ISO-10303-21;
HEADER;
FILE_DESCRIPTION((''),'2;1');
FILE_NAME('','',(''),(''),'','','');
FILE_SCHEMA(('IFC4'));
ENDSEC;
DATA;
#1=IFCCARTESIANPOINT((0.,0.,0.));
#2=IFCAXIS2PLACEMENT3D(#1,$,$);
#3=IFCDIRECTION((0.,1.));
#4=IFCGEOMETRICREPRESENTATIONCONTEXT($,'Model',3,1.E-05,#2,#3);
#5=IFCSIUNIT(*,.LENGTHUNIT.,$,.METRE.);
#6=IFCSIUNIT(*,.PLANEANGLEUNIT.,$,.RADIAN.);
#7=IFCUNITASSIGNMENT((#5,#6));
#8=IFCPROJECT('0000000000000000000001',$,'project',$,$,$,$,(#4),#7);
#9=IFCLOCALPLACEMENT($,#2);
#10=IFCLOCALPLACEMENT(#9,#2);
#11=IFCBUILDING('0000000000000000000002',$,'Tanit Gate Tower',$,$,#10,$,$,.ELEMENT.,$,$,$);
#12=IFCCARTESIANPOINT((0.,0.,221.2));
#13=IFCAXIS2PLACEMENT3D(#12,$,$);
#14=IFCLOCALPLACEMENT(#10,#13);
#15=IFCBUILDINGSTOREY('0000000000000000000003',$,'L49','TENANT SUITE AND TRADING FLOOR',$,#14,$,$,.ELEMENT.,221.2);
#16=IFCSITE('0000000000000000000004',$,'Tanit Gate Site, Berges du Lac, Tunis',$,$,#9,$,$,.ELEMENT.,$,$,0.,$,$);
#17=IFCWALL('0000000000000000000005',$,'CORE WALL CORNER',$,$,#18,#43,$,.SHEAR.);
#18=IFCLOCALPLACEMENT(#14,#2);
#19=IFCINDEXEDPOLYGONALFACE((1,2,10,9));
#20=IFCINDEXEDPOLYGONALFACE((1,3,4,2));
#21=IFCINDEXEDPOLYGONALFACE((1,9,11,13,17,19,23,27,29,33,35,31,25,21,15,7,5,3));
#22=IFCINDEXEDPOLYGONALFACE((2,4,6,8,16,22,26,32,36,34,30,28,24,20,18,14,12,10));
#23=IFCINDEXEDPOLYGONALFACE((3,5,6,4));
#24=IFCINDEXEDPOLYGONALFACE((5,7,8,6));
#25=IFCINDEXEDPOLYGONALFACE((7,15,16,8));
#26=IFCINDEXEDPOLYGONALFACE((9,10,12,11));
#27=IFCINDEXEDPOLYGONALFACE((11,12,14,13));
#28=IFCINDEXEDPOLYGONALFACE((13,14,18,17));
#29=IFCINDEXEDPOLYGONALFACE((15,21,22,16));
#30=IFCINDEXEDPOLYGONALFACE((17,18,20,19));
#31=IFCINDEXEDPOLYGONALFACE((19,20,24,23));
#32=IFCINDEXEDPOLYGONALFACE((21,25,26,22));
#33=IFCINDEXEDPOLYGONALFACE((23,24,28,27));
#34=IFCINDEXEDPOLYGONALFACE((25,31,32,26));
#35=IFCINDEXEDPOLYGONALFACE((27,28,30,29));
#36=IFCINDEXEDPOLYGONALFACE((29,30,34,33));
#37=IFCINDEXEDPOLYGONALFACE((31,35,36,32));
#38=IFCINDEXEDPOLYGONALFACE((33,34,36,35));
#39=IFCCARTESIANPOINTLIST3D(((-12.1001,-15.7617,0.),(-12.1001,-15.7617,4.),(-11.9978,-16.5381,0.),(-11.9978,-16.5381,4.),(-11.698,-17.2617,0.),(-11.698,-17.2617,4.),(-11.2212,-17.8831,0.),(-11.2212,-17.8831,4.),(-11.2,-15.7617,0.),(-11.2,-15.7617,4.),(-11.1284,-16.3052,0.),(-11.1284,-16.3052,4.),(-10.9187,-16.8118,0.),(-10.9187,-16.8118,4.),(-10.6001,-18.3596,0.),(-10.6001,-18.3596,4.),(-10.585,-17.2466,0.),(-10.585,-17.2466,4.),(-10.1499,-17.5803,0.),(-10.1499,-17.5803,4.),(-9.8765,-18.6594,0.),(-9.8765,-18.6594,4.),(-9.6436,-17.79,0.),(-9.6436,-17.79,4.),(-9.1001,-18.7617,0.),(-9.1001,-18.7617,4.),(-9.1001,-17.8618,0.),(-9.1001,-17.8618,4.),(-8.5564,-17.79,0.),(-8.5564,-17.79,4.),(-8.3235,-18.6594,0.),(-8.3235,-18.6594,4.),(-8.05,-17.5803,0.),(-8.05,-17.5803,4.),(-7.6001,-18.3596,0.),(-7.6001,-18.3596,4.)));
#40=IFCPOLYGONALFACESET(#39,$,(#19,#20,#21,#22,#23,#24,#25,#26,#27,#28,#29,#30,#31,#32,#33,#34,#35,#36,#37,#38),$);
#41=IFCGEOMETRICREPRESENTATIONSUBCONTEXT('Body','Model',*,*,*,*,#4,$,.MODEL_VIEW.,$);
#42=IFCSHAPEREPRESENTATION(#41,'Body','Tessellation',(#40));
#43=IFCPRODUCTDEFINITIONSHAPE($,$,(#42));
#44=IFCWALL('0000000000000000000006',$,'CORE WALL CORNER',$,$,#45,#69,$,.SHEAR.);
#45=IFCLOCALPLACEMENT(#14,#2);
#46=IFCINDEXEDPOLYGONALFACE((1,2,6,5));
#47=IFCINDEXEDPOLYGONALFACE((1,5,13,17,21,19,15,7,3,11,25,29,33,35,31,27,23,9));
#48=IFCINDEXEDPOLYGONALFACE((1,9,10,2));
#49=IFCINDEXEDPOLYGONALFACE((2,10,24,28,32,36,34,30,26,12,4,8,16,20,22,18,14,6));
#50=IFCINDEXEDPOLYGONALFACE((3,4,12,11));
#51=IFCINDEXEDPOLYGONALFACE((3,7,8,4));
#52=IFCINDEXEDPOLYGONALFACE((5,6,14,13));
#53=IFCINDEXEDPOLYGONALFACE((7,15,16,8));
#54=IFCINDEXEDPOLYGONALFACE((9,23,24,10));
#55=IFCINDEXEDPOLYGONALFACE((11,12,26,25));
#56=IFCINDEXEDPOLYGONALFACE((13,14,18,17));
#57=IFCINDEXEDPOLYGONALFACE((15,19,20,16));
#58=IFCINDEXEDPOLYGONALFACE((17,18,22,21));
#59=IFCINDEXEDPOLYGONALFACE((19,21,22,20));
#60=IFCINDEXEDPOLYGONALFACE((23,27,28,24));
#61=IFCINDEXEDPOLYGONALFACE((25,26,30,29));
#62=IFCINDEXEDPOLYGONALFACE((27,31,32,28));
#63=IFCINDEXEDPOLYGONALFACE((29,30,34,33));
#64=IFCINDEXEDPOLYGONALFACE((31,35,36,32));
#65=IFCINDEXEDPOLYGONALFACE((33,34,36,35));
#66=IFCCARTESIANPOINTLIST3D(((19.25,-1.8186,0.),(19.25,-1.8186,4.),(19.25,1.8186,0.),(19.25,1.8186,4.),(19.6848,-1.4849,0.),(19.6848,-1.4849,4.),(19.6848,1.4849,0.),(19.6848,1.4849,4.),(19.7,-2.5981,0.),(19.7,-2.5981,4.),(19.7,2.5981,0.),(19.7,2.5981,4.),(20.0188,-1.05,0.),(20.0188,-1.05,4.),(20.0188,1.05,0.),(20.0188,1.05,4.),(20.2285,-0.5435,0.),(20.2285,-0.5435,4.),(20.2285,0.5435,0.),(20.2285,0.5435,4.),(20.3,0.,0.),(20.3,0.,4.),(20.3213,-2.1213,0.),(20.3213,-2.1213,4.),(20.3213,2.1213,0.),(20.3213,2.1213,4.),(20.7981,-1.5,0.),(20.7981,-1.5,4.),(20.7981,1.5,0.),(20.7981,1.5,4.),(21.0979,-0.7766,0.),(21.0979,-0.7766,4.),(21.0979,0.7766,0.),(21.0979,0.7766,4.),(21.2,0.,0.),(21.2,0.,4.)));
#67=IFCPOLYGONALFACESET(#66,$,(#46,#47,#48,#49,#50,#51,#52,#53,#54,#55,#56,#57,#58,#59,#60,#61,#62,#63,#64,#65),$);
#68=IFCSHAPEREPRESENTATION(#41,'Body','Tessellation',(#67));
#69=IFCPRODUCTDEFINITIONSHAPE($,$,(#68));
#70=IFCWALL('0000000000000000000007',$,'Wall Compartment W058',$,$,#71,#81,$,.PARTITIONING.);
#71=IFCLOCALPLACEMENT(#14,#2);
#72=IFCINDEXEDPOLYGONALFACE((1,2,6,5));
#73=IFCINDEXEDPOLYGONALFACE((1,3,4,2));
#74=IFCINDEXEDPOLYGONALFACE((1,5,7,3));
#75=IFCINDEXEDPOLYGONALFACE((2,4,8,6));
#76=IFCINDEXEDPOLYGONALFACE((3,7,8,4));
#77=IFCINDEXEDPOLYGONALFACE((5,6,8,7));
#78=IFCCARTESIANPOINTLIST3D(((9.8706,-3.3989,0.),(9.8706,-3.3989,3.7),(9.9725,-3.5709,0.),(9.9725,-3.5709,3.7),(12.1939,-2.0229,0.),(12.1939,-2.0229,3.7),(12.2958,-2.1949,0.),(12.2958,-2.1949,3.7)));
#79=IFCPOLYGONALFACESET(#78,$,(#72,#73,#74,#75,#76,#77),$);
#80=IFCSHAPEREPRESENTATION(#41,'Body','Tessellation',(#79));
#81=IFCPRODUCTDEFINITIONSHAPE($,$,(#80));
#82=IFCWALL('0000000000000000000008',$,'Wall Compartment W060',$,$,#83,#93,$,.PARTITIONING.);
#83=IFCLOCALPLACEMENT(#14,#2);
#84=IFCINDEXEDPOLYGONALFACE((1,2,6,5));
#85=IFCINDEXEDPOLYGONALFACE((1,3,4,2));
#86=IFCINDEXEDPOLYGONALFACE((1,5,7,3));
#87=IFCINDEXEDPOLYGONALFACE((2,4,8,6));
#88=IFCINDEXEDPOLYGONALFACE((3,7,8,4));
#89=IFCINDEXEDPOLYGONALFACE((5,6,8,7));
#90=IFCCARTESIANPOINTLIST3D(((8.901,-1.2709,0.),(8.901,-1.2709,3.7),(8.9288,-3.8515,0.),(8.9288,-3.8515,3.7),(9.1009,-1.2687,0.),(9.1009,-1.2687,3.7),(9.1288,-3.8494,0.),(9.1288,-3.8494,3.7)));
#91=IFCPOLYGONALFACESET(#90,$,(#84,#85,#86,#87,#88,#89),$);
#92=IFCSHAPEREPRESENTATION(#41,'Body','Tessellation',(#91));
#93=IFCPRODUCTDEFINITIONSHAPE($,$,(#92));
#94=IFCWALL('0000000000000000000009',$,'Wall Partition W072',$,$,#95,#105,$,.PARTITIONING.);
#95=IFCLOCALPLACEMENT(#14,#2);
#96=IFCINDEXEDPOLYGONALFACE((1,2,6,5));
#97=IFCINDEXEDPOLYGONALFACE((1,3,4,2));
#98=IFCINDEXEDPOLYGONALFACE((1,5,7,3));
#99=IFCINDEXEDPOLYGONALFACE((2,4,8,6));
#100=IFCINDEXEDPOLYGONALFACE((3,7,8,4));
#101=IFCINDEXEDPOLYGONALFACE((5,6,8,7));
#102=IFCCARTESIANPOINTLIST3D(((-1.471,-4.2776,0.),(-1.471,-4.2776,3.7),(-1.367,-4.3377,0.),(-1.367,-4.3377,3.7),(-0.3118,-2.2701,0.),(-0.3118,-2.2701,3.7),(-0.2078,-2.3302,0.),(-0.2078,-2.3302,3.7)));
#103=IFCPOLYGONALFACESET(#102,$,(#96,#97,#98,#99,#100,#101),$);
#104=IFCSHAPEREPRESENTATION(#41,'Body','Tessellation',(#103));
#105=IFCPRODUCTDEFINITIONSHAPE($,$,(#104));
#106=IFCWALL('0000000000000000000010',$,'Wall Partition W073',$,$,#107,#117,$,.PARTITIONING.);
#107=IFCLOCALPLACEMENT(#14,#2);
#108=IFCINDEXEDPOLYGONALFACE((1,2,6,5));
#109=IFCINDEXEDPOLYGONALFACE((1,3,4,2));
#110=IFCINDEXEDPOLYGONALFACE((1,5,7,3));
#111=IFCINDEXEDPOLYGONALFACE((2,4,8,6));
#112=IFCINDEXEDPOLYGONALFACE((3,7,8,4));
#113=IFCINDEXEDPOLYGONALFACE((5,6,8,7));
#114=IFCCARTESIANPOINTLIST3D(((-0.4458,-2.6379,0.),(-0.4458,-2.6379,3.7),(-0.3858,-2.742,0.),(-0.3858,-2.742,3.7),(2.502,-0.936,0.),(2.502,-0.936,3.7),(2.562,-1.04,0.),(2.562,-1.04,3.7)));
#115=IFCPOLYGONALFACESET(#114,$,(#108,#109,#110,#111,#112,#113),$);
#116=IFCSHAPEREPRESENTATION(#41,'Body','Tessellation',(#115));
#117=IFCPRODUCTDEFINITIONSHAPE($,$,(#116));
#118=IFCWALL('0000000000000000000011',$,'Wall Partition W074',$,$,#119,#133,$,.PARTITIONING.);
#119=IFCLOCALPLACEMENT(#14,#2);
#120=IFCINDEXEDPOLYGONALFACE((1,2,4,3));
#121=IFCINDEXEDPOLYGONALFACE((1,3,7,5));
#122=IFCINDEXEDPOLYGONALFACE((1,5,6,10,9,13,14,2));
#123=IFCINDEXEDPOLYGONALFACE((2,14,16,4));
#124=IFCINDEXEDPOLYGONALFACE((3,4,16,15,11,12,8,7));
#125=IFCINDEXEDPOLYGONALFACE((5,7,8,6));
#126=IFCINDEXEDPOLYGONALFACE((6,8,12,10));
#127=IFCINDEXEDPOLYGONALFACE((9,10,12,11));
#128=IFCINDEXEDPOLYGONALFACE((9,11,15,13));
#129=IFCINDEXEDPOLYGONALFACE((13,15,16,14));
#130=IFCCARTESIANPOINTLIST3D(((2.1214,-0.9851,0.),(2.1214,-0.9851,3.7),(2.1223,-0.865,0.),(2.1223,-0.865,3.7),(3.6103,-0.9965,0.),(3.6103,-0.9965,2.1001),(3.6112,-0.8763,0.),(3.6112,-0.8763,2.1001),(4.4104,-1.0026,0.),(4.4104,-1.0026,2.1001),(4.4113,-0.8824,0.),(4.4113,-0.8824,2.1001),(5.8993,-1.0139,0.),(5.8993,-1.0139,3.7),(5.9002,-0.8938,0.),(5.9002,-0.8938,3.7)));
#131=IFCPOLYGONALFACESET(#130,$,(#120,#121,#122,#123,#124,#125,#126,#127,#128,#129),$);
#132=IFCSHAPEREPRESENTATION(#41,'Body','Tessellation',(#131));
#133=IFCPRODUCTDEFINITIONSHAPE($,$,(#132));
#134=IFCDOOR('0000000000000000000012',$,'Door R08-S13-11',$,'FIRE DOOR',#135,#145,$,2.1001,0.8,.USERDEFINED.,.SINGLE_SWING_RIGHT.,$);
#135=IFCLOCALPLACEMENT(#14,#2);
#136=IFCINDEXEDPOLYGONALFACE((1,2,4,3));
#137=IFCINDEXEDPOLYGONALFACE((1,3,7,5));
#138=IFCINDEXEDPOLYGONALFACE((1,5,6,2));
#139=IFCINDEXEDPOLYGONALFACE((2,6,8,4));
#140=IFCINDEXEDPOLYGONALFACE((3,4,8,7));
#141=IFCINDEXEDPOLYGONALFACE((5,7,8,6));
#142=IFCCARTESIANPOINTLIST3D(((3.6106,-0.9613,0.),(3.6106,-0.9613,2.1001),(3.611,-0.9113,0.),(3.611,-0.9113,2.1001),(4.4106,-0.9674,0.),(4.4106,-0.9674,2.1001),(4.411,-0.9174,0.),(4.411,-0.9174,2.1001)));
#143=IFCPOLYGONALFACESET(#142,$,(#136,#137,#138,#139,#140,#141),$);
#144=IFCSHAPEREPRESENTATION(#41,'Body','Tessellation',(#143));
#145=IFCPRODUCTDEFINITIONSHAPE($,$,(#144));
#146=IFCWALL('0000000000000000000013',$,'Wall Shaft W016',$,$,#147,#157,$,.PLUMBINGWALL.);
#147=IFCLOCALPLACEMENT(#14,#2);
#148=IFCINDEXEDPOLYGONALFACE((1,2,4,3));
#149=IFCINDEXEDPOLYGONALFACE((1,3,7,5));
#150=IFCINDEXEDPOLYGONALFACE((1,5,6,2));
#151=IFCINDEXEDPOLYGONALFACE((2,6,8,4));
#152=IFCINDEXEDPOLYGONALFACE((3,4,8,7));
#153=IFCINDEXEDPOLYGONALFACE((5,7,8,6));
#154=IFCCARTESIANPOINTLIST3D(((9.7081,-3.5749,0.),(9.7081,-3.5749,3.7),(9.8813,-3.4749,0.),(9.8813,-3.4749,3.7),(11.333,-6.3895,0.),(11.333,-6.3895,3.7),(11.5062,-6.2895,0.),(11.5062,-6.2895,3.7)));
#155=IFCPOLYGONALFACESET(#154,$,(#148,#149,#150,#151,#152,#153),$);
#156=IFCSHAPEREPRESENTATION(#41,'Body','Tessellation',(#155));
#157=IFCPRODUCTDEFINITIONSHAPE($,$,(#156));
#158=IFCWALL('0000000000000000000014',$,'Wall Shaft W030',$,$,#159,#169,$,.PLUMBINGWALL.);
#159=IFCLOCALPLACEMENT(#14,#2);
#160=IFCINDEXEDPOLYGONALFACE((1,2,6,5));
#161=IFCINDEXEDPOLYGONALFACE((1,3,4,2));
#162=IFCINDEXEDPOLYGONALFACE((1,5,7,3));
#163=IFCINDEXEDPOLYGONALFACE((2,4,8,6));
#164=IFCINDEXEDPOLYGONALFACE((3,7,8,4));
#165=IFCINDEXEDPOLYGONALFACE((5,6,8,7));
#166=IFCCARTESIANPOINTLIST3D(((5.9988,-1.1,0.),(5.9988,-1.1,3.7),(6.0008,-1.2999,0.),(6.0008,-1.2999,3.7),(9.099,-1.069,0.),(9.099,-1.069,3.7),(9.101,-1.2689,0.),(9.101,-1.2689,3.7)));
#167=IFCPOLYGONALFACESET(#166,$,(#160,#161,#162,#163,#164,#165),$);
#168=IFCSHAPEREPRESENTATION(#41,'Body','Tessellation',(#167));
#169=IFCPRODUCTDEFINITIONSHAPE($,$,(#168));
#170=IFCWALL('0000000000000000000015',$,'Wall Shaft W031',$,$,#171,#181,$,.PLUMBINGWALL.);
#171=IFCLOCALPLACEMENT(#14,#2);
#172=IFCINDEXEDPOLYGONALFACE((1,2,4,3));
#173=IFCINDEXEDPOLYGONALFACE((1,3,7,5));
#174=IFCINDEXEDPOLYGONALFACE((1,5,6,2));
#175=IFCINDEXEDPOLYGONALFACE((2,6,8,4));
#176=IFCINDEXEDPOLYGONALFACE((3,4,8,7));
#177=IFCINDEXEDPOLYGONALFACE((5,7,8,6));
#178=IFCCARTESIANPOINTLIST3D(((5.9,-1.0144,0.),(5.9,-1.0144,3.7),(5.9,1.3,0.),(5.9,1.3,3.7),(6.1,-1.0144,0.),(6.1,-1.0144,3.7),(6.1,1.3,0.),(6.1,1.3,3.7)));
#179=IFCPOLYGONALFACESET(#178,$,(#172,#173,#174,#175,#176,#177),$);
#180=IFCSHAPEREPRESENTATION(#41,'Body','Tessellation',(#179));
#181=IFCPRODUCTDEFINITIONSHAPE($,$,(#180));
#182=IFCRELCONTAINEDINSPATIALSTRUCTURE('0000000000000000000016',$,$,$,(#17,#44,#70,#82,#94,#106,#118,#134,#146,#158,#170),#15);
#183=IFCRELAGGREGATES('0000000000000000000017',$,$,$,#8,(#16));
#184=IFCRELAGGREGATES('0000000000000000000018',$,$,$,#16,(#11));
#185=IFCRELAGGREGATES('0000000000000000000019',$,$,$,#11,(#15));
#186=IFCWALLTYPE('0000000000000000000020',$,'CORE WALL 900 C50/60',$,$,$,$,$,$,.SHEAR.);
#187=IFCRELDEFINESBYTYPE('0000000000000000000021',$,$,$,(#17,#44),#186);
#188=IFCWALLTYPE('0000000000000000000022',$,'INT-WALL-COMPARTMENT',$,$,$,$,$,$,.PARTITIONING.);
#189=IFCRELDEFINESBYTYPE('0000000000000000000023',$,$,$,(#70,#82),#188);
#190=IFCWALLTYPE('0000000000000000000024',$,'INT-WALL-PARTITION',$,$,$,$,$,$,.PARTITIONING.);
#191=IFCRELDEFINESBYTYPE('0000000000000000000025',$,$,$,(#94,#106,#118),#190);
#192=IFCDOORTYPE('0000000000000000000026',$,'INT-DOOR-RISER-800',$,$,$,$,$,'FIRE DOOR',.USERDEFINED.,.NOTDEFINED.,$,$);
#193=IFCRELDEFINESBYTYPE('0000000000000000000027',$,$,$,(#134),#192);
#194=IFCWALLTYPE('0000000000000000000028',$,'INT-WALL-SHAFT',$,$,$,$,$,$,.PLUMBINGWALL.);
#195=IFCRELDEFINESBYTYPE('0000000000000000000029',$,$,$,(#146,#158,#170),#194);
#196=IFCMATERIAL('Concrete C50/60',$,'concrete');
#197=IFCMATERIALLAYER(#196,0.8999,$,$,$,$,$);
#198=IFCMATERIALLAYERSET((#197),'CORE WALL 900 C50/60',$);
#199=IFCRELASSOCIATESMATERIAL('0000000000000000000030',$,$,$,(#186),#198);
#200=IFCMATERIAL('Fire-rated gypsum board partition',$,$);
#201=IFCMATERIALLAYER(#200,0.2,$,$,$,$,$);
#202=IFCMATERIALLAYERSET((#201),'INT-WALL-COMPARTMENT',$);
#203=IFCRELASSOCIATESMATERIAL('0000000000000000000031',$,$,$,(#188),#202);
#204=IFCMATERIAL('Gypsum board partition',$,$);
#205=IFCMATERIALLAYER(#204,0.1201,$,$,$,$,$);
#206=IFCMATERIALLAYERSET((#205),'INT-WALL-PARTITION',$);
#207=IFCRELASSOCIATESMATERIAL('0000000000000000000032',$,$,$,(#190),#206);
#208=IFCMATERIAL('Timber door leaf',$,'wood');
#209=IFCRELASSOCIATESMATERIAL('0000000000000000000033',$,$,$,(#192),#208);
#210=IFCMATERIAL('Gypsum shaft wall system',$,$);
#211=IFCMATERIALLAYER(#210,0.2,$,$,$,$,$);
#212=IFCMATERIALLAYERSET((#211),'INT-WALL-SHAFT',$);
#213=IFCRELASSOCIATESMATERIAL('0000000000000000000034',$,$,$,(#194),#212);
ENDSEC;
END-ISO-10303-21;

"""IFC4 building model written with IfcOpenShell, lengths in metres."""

from ifc_helpers import new_model, si_unit, direction, frame, frame_2d, origin, place, context, subcontext, project, spatial, polyline, rectangle, outline, extrude, material, layer, layer_set, type_object, element, fill, save


model = new_model("IFC4")

# Units and contexts
model_context = context("Model", 3, precision=1e-05, world=origin(), true_north=direction((0.0, 1.0)))
body_context = subcontext(model_context, "Body", "Model", "MODEL_VIEW")
ifc_project = project(units=[si_unit("LENGTHUNIT", "METRE"), si_unit("PLANEANGLEUNIT", "RADIAN")], contexts=[model_context])

# Site, building, storey
site_placement = place(None, origin())
site = spatial("IfcSite", under=ifc_project, at=site_placement, Name="Tanit Gate Site, Berges du Lac, Tunis", CompositionType="ELEMENT", RefElevation=0.0)
building_placement = place(site_placement, origin())
building = spatial("IfcBuilding", under=site, at=building_placement, Name="Tanit Gate Tower", CompositionType="ELEMENT")
storey_placement = place(building_placement, frame((0.0, 0.0, 221.2)))
storey = spatial("IfcBuildingStorey", under=building, at=storey_placement, Name="L49", Description="TENANT SUITE AND TRADING FLOOR", CompositionType="ELEMENT", Elevation=221.2)

# Walls
ifc_material_1 = material(Name="Concrete C50/60", Category="concrete")
ifc_layer_1 = layer(ifc_material_1, 0.8999)
ifc_layer_set_1 = layer_set([ifc_layer_1], Name="CORE WALL 900 C50/60")
wall_type_1 = type_object("IfcWallType", Name="CORE WALL 900 C50/60", PredefinedType="SHEAR", material=ifc_layer_set_1)
wall_1_placement = place(storey_placement, origin())
element("IfcWall", 1, at=wall_1_placement, inside=storey, type_object=wall_type_1, Name="CORE WALL CORNER", PredefinedType="SHEAR", context=body_context, shape_type="SweptSolid", body=[
    extrude(outline(polyline([(-12.1001, -15.7617), (-11.9978, -16.5381), (-11.698, -17.2617), (-11.2212, -17.8831), (-10.6001, -18.3596), (-9.8765, -18.6594), (-9.1001, -18.7617), (-8.3235, -18.6594), (-7.6001, -18.3596), (-8.05, -17.5803), (-8.5564, -17.79), (-9.1001, -17.8618), (-9.6436, -17.79), (-10.1499, -17.5803), (-10.585, -17.2466), (-10.9187, -16.8118), (-11.1284, -16.3052), (-11.2, -15.7617), (-12.1001, -15.7617)])), origin(), (0.0, 0.0, 1.0), 4.0),
])
wall_2_placement = place(storey_placement, origin())
element("IfcWall", 2, at=wall_2_placement, inside=storey, type_object=wall_type_1, Name="CORE WALL CORNER", PredefinedType="SHEAR", context=body_context, shape_type="SweptSolid", body=[
    extrude(outline(polyline([(19.7, -2.5981), (20.3213, -2.1213), (20.7981, -1.5), (21.0979, -0.7766), (21.2, 0.0), (21.0979, 0.7766), (20.7981, 1.5), (20.3213, 2.1213), (19.7, 2.5981), (19.25, 1.8186), (19.6848, 1.4849), (20.0188, 1.05), (20.2285, 0.5435), (20.3, 0.0), (20.2285, -0.5435), (20.0188, -1.05), (19.6848, -1.4849), (19.25, -1.8186), (19.7, -2.5981)])), origin(), (0.0, 0.0, 1.0), 4.0),
])
ifc_material_2 = material(Name="Fire-rated gypsum board partition")
ifc_layer_2 = layer(ifc_material_2, 0.2)
ifc_layer_set_2 = layer_set([ifc_layer_2], Name="INT-WALL-COMPARTMENT")
wall_type_2 = type_object("IfcWallType", Name="INT-WALL-COMPARTMENT", PredefinedType="PARTITIONING", material=ifc_layer_set_2)
wall_3_placement = place(storey_placement, frame((12.2449, -2.1089, 0.0), z_axis=(0.0, 0.0, 1.0), x_axis=(-0.860415, -0.509594, 0.0)))
element("IfcWall", 3, at=wall_3_placement, inside=storey, type_object=wall_type_2, Name="Wall Compartment W058", PredefinedType="PARTITIONING", context=body_context, shape_type="SweptSolid", body=[
    extrude(rectangle(XDim=2.7002, YDim=0.2, at=frame_2d((1.3501, 0.0))), origin(), (0.0, 0.0, 1.0), 3.7),
])
wall_4_placement = place(storey_placement, frame((9.0288, -3.8506, 0.0), z_axis=(0.0, 0.0, 1.0), x_axis=(-0.010785, 0.999942, 0.0)))
element("IfcWall", 4, at=wall_4_placement, inside=storey, type_object=wall_type_2, Name="Wall Compartment W060", PredefinedType="PARTITIONING", context=body_context, shape_type="SweptSolid", body=[
    extrude(rectangle(XDim=2.5808, YDim=0.2, at=frame_2d((1.2905, 0.0))), origin(), (0.0, 0.0, 1.0), 3.7),
])
ifc_material_3 = material(Name="Gypsum board partition")
ifc_layer_3 = layer(ifc_material_3, 0.1201)
ifc_layer_set_3 = layer_set([ifc_layer_3], Name="INT-WALL-PARTITION")
wall_type_3 = type_object("IfcWallType", Name="INT-WALL-PARTITION", PredefinedType="PARTITIONING", material=ifc_layer_set_3)
wall_5_placement = place(storey_placement, frame((-0.2598, -2.3, 0.0), z_axis=(0.0, 0.0, 1.0), x_axis=(-0.500035, -0.866005, 0.0)))
element("IfcWall", 5, at=wall_5_placement, inside=storey, type_object=wall_type_3, Name="Wall Partition W072", PredefinedType="PARTITIONING", context=body_context, shape_type="SweptSolid", body=[
    extrude(rectangle(XDim=2.3181, YDim=0.1201, at=frame_2d((1.1592, 0.0))), origin(), (0.0, 0.0, 1.0), 3.7),
])
wall_6_placement = place(storey_placement, frame((2.532, -0.988, 0.0), z_axis=(0.0, 0.0, 1.0), x_axis=(-0.866023, -0.500004, 0.0)))
element("IfcWall", 6, at=wall_6_placement, inside=storey, type_object=wall_type_3, Name="Wall Partition W073", PredefinedType="PARTITIONING", context=body_context, shape_type="SweptSolid", body=[
    extrude(rectangle(XDim=3.4038, YDim=0.1201, at=frame_2d((1.7019, 0.0))), origin(), (0.0, 0.0, 1.0), 3.7),
])

# Wall, opening, door
wall_7_placement = place(storey_placement, frame((5.8999, -0.9539, 0.0), z_axis=(0.0, 0.0, 1.0), x_axis=(-0.999971, 0.007625, 0.0)))
wall_7 = element("IfcWall", 7, at=wall_7_placement, inside=storey, type_object=wall_type_3, Name="Wall Partition W074", PredefinedType="PARTITIONING", context=body_context, shape_type="SweptSolid", body=[
    extrude(rectangle(XDim=3.7781, YDim=0.1201, at=frame_2d((1.8892, 0.0))), origin(), (0.0, 0.0, 1.0), 3.7),
])
opening_1_placement = place(wall_7_placement, frame((1.4893, 0.0, 0.0)))
opening_1 = element("IfcOpeningElement", 8, at=opening_1_placement, cuts=wall_7, PredefinedType="OPENING", context=body_context, shape_type="SweptSolid", body=[
    extrude(rectangle(XDim=0.8, YDim=2.1001, at=frame_2d((0.3999, 1.05))), frame((0.0, 0.0701, 0.0), z_axis=(0.0, -1.0, 0.0), x_axis=(1.0, 0.0, 0.0)), (0.0, 0.0, 1.0), 0.1401),
])
ifc_material_4 = material(Name="Timber door leaf", Category="wood")
door_type_1 = type_object("IfcDoorType", Name="INT-DOOR-RISER-800", ElementType="FIRE DOOR", OperationType="NOTDEFINED", PredefinedType="USERDEFINED", material=ifc_material_4)
door_1_placement = place(opening_1_placement, origin())
door_1 = element("IfcDoor", 9, at=door_1_placement, inside=storey, type_object=door_type_1, Name="Door R08-S13-11", ObjectType="FIRE DOOR", OperationType="SINGLE_SWING_RIGHT", OverallHeight=2.1001, OverallWidth=0.8, PredefinedType="USERDEFINED", context=body_context, shape_type="SweptSolid", body=[
    extrude(rectangle(XDim=0.8, YDim=2.1001, at=frame_2d((0.3999, 1.05))), frame((0.0, 0.0249, 0.0), z_axis=(0.0, -1.0, 0.0), x_axis=(1.0, 0.0, 0.0)), (0.0, 0.0, 1.0), 0.05),
])
fill(opening_1, door_1)

# Walls
ifc_material_5 = material(Name="Gypsum shaft wall system")
ifc_layer_4 = layer(ifc_material_5, 0.2)
ifc_layer_set_4 = layer_set([ifc_layer_4], Name="INT-WALL-SHAFT")
wall_type_4 = type_object("IfcWallType", Name="INT-WALL-SHAFT", PredefinedType="PLUMBINGWALL", material=ifc_layer_set_4)
wall_8_placement = place(storey_placement, frame((9.7947, -3.5249, 0.0), z_axis=(0.0, 0.0, 1.0), x_axis=(0.499985, -0.866034, 0.0)))
element("IfcWall", 10, at=wall_8_placement, inside=storey, type_object=wall_type_4, Name="Wall Shaft W016", PredefinedType="PLUMBINGWALL", context=body_context, shape_type="SweptSolid", body=[
    extrude(rectangle(XDim=3.25, YDim=0.2, at=frame_2d((1.625, 0.0))), origin(), (0.0, 0.0, 1.0), 3.7),
])
wall_9_placement = place(storey_placement, frame((9.1001, -1.1689, 0.0), z_axis=(0.0, 0.0, 1.0), x_axis=(-0.99995, -0.010001, 0.0)))
element("IfcWall", 11, at=wall_9_placement, inside=storey, type_object=wall_type_4, Name="Wall Shaft W030", PredefinedType="PLUMBINGWALL", context=body_context, shape_type="SweptSolid", body=[
    extrude(rectangle(XDim=3.1003, YDim=0.2, at=frame_2d((1.5503, 0.0))), origin(), (0.0, 0.0, 1.0), 3.7),
])
wall_10_placement = place(storey_placement, frame((6.0, -1.0144, 0.0), z_axis=(0.0, 0.0, 1.0), x_axis=(0.0, 1.0, 0.0)))
element("IfcWall", 12, at=wall_10_placement, inside=storey, type_object=wall_type_4, Name="Wall Shaft W031", PredefinedType="PLUMBINGWALL", context=body_context, shape_type="SweptSolid", body=[
    extrude(rectangle(XDim=2.3145, YDim=0.2, at=frame_2d((1.1572, 0.0))), origin(), (0.0, 0.0, 1.0), 3.7),
])

save(model, "model.ifc")
